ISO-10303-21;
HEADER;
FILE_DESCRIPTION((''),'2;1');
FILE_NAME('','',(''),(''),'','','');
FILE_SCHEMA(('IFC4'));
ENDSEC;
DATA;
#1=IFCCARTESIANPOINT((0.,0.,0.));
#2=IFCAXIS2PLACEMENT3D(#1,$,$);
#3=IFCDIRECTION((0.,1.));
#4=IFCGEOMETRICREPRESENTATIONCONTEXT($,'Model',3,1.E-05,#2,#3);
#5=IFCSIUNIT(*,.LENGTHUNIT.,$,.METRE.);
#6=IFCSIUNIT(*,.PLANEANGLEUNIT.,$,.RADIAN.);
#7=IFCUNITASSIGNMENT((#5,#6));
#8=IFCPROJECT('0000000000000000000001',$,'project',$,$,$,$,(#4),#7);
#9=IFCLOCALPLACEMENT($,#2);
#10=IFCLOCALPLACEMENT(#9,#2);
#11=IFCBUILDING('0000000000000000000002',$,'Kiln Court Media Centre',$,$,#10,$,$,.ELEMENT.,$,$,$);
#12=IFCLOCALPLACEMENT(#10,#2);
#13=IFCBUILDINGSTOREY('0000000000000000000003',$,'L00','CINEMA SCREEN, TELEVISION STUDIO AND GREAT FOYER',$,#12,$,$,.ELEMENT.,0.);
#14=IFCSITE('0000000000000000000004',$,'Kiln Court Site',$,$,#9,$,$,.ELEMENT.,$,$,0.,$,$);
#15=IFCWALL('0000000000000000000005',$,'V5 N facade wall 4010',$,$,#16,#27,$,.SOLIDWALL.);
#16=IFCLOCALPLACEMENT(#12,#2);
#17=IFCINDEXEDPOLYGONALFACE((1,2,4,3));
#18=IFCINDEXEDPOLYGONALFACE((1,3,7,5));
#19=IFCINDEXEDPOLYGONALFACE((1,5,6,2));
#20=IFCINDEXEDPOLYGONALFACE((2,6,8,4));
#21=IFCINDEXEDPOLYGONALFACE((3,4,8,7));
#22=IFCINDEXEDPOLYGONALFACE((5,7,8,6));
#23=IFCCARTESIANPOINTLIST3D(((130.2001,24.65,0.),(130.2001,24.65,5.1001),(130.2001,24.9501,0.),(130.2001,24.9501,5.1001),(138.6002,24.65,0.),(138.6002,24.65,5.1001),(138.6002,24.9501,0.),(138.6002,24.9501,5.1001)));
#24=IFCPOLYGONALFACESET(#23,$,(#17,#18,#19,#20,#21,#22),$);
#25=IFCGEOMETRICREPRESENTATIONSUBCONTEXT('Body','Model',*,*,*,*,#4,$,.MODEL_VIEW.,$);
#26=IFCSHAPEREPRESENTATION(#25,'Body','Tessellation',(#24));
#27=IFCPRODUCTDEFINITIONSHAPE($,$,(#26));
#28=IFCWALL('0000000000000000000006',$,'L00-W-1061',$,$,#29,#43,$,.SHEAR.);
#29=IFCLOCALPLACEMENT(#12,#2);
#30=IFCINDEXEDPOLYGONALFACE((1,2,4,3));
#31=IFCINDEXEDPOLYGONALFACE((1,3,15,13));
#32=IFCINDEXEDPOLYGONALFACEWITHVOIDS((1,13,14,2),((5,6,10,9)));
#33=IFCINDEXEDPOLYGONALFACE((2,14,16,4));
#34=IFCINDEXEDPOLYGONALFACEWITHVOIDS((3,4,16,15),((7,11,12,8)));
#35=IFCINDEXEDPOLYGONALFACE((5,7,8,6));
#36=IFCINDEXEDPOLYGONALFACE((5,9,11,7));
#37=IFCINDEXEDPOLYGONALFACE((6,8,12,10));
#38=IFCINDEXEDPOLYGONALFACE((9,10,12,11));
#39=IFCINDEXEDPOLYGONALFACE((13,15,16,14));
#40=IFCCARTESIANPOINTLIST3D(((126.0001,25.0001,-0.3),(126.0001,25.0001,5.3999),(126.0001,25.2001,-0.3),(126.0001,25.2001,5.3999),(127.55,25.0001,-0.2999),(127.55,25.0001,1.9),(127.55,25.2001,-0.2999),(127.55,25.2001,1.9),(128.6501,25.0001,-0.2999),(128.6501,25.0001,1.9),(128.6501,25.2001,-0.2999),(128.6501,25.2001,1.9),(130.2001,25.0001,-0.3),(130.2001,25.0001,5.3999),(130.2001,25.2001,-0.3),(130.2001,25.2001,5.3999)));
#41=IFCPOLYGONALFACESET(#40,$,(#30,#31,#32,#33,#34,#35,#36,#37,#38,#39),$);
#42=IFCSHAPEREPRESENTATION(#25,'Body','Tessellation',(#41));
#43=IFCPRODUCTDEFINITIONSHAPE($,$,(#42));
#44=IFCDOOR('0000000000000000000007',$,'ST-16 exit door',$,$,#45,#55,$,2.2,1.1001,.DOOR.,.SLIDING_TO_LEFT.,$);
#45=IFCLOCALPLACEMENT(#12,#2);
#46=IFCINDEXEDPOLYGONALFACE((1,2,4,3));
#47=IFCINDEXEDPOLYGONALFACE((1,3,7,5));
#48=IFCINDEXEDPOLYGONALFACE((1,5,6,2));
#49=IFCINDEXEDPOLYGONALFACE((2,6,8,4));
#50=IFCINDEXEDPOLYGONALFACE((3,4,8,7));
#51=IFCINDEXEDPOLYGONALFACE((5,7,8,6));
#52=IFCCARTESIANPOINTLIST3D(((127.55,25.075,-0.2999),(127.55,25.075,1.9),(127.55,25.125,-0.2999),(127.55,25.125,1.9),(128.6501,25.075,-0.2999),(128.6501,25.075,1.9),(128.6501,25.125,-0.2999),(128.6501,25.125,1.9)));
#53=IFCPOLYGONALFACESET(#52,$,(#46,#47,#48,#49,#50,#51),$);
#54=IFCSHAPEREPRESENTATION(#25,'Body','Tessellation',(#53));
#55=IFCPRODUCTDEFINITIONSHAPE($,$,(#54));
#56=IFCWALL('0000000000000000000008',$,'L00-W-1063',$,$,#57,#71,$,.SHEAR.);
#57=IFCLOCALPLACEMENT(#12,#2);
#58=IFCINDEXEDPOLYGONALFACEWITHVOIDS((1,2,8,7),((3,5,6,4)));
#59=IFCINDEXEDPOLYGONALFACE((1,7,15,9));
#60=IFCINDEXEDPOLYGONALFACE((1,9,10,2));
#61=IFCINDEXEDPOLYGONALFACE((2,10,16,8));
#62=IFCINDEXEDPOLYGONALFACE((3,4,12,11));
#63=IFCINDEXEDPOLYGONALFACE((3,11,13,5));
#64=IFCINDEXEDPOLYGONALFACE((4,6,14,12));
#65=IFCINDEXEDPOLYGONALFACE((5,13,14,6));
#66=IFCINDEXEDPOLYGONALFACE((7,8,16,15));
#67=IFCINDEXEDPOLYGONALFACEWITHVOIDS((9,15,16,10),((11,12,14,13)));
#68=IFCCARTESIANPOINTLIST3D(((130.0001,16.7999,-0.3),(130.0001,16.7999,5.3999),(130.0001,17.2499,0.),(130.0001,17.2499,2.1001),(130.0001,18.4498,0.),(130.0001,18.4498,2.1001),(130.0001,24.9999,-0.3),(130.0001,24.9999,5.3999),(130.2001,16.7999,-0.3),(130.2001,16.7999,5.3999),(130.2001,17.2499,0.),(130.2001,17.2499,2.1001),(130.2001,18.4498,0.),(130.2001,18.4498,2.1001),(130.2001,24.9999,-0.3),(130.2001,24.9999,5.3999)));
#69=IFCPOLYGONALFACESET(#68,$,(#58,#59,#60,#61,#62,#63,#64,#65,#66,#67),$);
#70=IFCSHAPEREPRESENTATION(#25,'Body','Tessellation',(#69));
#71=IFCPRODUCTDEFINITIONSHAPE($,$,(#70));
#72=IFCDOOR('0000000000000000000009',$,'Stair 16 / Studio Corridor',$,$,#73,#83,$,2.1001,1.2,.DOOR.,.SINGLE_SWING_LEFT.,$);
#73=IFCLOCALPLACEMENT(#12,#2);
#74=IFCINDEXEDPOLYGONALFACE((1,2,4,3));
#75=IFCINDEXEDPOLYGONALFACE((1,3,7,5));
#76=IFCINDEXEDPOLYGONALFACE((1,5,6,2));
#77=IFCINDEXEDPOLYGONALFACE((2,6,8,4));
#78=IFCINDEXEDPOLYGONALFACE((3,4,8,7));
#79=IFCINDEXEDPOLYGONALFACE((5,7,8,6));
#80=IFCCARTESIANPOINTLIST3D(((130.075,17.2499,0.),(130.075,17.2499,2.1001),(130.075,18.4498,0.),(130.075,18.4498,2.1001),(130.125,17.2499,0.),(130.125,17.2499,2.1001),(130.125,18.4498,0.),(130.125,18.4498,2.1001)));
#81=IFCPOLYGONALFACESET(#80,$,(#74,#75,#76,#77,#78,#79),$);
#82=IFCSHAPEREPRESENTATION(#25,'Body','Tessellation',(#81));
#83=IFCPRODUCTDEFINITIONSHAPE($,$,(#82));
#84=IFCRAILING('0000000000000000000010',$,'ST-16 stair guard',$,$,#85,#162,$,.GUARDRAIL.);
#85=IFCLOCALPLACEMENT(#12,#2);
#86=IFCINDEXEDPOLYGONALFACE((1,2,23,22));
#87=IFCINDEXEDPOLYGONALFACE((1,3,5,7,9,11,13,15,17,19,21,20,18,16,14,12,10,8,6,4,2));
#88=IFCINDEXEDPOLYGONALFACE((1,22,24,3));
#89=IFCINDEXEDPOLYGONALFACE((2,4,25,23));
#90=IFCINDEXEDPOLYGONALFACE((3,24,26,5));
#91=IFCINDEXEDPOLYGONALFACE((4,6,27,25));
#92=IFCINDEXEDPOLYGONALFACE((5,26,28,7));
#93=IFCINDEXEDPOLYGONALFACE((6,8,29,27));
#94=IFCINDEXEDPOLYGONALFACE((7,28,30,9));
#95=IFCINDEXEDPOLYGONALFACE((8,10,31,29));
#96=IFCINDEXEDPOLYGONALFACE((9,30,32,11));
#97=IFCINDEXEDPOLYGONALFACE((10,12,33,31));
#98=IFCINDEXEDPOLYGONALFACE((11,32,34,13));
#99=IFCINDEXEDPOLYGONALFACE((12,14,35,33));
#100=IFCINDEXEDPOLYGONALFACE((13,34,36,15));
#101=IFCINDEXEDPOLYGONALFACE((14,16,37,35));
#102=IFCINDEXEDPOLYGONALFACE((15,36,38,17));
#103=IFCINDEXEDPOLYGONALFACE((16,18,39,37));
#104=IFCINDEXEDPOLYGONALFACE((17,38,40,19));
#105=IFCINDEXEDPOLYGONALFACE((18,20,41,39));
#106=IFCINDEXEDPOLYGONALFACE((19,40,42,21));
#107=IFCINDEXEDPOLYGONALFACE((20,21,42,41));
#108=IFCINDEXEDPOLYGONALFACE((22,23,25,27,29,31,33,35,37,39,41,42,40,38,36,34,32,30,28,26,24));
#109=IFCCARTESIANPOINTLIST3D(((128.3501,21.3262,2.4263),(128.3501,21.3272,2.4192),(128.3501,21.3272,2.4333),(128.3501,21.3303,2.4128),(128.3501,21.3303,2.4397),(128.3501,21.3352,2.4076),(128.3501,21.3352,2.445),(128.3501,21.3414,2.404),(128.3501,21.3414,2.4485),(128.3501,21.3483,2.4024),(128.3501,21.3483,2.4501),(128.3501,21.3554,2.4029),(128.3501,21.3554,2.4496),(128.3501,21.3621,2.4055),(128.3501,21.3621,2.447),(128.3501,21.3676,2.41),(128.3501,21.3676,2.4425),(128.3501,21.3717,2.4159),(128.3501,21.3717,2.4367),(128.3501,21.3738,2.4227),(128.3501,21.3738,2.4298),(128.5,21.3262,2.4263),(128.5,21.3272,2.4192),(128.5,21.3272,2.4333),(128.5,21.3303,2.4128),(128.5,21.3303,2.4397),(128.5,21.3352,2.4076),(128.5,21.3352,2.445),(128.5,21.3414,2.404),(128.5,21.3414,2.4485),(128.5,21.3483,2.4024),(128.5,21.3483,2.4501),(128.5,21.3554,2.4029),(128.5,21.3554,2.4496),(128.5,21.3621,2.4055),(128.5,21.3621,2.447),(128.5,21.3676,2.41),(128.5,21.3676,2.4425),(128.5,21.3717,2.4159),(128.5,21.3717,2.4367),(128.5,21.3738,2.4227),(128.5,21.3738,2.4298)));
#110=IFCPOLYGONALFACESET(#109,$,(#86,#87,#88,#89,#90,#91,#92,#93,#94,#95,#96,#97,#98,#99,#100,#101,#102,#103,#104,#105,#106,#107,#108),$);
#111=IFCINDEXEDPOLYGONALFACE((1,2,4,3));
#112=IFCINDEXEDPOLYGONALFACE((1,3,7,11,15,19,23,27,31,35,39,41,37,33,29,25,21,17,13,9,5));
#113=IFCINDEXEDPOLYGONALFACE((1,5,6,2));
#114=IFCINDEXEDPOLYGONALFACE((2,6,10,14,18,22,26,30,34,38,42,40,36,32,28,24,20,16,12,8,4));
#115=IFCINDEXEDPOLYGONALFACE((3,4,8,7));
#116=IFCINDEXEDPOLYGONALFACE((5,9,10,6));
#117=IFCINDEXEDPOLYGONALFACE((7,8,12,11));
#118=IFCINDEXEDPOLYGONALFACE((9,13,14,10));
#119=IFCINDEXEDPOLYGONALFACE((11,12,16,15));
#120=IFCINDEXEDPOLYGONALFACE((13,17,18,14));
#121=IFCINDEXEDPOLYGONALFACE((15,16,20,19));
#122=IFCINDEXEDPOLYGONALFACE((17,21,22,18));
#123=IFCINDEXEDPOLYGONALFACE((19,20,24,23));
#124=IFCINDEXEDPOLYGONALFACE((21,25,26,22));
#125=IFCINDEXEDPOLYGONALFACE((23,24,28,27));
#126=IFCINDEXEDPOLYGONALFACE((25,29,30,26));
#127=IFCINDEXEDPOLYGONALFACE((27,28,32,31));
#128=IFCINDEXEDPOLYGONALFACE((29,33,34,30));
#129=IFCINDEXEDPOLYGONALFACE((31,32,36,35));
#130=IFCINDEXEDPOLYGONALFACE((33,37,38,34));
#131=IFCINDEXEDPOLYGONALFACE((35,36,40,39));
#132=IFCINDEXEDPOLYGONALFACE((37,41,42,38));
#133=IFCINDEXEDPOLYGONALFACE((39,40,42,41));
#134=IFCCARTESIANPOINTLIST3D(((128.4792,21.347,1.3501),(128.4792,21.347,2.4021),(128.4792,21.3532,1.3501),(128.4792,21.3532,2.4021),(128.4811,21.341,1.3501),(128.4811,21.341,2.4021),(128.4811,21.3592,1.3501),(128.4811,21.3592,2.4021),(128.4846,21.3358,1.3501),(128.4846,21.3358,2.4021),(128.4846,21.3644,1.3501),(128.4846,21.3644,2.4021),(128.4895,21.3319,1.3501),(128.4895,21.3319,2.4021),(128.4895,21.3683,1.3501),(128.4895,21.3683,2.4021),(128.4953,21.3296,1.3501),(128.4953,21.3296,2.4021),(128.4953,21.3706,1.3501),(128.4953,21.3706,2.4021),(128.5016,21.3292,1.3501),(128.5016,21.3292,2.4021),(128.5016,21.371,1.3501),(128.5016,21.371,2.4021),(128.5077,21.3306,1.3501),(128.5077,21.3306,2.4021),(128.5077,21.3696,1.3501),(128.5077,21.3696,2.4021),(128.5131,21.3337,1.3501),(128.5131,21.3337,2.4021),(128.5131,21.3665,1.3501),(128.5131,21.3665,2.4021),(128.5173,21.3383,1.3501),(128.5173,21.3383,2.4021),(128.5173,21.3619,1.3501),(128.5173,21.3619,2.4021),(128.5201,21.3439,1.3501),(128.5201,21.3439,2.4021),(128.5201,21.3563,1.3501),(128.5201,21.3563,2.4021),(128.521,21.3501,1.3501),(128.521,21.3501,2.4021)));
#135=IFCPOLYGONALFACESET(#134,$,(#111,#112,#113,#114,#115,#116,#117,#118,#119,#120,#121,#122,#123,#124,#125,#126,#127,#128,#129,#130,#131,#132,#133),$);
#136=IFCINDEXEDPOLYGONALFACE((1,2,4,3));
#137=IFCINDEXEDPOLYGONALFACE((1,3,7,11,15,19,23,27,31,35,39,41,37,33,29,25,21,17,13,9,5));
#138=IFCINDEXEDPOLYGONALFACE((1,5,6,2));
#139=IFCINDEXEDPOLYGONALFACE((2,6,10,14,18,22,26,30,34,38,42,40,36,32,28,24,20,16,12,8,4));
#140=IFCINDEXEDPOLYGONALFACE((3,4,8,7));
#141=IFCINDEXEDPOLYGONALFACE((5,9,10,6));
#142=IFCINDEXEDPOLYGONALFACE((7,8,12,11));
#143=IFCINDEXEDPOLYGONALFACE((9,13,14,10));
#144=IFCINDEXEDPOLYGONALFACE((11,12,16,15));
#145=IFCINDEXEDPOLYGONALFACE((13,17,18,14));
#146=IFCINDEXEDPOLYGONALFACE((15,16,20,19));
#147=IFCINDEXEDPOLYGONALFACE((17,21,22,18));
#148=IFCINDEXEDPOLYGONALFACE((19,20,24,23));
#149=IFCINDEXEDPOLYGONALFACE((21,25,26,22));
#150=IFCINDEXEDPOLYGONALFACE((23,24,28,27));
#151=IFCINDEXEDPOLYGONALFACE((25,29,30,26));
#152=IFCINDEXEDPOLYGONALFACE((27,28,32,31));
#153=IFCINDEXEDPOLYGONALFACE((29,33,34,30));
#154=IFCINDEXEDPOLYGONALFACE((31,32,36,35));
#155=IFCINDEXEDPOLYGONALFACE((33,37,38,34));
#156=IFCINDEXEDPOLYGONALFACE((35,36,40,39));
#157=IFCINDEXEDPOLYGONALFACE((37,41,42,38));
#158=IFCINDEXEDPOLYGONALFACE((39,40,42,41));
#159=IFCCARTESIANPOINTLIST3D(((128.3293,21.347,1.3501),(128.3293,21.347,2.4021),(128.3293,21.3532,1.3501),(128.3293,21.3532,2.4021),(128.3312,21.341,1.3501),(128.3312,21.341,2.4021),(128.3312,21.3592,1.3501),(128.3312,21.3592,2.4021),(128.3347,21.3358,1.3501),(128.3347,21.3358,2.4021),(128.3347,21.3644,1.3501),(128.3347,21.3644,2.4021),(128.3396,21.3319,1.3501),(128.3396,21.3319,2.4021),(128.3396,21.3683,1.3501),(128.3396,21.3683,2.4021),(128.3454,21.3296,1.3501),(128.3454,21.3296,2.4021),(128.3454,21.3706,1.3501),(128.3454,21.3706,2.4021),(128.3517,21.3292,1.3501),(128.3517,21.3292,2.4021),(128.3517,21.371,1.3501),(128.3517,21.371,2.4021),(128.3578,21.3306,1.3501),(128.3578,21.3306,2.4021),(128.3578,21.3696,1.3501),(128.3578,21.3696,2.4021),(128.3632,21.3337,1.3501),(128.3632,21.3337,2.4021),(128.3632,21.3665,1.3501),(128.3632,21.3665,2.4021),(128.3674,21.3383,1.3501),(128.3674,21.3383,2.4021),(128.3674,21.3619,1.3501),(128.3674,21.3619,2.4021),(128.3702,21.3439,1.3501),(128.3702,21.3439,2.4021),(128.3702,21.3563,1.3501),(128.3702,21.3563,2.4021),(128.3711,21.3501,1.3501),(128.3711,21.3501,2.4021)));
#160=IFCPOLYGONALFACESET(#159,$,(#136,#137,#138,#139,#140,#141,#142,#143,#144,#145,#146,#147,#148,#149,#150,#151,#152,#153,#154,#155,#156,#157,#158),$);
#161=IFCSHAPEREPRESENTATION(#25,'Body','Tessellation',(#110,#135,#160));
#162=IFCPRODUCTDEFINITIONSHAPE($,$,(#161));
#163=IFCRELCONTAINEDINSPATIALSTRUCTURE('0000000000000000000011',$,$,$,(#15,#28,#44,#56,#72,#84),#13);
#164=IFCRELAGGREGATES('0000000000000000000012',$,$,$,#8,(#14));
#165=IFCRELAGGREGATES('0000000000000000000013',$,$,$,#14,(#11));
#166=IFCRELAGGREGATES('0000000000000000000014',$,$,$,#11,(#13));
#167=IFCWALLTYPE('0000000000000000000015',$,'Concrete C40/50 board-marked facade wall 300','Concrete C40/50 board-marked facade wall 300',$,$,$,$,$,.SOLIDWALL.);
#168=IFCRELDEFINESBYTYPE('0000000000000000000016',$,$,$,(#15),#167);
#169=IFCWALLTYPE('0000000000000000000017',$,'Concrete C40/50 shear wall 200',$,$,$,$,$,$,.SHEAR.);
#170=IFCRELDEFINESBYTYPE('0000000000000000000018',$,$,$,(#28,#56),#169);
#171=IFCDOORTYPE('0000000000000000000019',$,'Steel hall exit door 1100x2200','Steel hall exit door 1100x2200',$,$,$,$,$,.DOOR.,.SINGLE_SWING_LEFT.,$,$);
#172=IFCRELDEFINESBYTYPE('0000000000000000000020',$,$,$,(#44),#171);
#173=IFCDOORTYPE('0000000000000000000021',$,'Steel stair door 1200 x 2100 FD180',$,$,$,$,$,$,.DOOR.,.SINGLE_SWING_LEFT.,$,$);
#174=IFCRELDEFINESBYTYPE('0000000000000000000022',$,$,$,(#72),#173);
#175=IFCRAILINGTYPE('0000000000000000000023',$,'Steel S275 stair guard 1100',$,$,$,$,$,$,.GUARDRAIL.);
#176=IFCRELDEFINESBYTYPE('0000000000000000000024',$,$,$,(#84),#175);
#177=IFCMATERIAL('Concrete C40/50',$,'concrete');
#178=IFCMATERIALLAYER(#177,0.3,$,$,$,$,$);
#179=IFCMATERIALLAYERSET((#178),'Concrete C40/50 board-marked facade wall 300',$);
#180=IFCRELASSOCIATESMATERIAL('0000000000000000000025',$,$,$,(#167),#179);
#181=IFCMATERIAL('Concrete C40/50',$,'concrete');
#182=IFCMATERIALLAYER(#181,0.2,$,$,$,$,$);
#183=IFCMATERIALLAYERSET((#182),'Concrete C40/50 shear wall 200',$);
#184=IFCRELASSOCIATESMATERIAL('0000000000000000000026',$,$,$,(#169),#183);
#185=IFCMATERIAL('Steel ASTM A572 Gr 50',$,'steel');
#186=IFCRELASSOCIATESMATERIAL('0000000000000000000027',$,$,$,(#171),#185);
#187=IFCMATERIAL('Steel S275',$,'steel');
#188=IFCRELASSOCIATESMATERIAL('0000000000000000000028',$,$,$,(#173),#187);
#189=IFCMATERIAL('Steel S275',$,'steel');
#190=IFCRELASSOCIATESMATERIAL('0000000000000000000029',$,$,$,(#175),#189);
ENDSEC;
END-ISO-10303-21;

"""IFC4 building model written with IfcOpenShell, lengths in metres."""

from ifc_helpers import new_model, si_unit, direction, frame, frame_2d, origin, origin_2d, place, context, subcontext, project, spatial, rectangle, circle, extrude, material, layer, layer_set, type_object, element, fill, save


model = new_model("IFC4")

# Units and contexts
model_context = context("Model", 3, precision=1e-05, world=origin(), true_north=direction((0.0, 1.0)))
body_context = subcontext(model_context, "Body", "Model", "MODEL_VIEW")
ifc_project = project(units=[si_unit("LENGTHUNIT", "METRE"), si_unit("PLANEANGLEUNIT", "RADIAN")], contexts=[model_context])

# Site, building, storey
site_placement = place(None, origin())
site = spatial("IfcSite", under=ifc_project, at=site_placement, Name="Kiln Court Site", CompositionType="ELEMENT", RefElevation=0.0)
building_placement = place(site_placement, origin())
building = spatial("IfcBuilding", under=site, at=building_placement, Name="Kiln Court Media Centre", CompositionType="ELEMENT")
storey_placement = place(building_placement, origin())
storey = spatial("IfcBuildingStorey", under=building, at=storey_placement, Name="L00", Description="CINEMA SCREEN, TELEVISION STUDIO AND GREAT FOYER", CompositionType="ELEMENT", Elevation=0.0)

# Wall
ifc_material_1 = material(Name="Concrete C40/50", Category="concrete")
ifc_layer_1 = layer(ifc_material_1, 0.3)
ifc_layer_set_1 = layer_set([ifc_layer_1], Name="Concrete C40/50 board-marked facade wall 300")
wall_type_1 = type_object("IfcWallType", Name="Concrete C40/50 board-marked facade wall 300", Description="Concrete C40/50 board-marked facade wall 300", PredefinedType="SOLIDWALL", material=ifc_layer_set_1)
wall_1_placement = place(storey_placement, frame((130.2, 24.8, 0.0), z_axis=(0.0, 0.0, 1.0), x_axis=(1.0, 0.0, 0.0)))
element("IfcWall", 1, at=wall_1_placement, inside=storey, type_object=wall_type_1, Name="V5 N facade wall 4010", PredefinedType="SOLIDWALL", context=body_context, shape_type="SweptSolid", body=[
    extrude(rectangle(XDim=8.4001, YDim=0.3, at=frame_2d((4.2002, 0.0))), origin(), (0.0, 0.0, 1.0), 5.1001),
])

# Walls, openings, doors
ifc_material_2 = material(Name="Concrete C40/50", Category="concrete")
ifc_layer_2 = layer(ifc_material_2, 0.2)
ifc_layer_set_2 = layer_set([ifc_layer_2], Name="Concrete C40/50 shear wall 200")
wall_type_2 = type_object("IfcWallType", Name="Concrete C40/50 shear wall 200", PredefinedType="SHEAR", material=ifc_layer_set_2)
wall_2_placement = place(storey_placement, frame((126.0, 25.1001, -0.3), z_axis=(0.0, 0.0, 1.0), x_axis=(1.0, 0.0, 0.0)))
wall_2 = element("IfcWall", 2, at=wall_2_placement, inside=storey, type_object=wall_type_2, Name="L00-W-1061", PredefinedType="SHEAR", context=body_context, shape_type="SweptSolid", body=[
    extrude(rectangle(XDim=4.2, YDim=0.2, at=frame_2d((2.1001, 0.0))), origin(), (0.0, 0.0, 1.0), 5.7),
])
opening_1_placement = place(wall_2_placement, frame((1.55, 0.0, 0.0)))
opening_1 = element("IfcOpeningElement", 3, at=opening_1_placement, cuts=wall_2, PredefinedType="OPENING", context=body_context, shape_type="SweptSolid", body=[
    extrude(rectangle(XDim=1.1001, YDim=2.2, at=frame_2d((0.55, 1.1001))), frame((0.0, 0.1099, 0.0), z_axis=(0.0, -1.0, 0.0), x_axis=(1.0, 0.0, 0.0)), (0.0, 0.0, 1.0), 0.22),
])
ifc_material_3 = material(Name="Steel ASTM A572 Gr 50", Category="steel")
door_type_1 = type_object("IfcDoorType", Name="Steel hall exit door 1100x2200", Description="Steel hall exit door 1100x2200", OperationType="SINGLE_SWING_LEFT", PredefinedType="DOOR", material=ifc_material_3)
door_1_placement = place(opening_1_placement, origin())
door_1 = element("IfcDoor", 4, at=door_1_placement, inside=storey, type_object=door_type_1, Name="ST-16 exit door", OperationType="SLIDING_TO_LEFT", OverallHeight=2.2, OverallWidth=1.1001, PredefinedType="DOOR", context=body_context, shape_type="SweptSolid", body=[
    extrude(rectangle(XDim=1.1001, YDim=2.2, at=frame_2d((0.55, 1.1001))), frame((0.0, 0.0249, 0.0), z_axis=(0.0, -1.0, 0.0), x_axis=(1.0, 0.0, 0.0)), (0.0, 0.0, 1.0), 0.05),
])
fill(opening_1, door_1)
wall_3_placement = place(storey_placement, frame((130.1001, 25.0, -0.3), z_axis=(0.0, 0.0, 1.0), x_axis=(0.0, -1.0, 0.0)))
wall_3 = element("IfcWall", 5, at=wall_3_placement, inside=storey, type_object=wall_type_2, Name="L00-W-1063", PredefinedType="SHEAR", context=body_context, shape_type="SweptSolid", body=[
    extrude(rectangle(XDim=8.2, YDim=0.2, at=frame_2d((4.1001, 0.0))), origin(), (0.0, 0.0, 1.0), 5.7),
])
opening_2_placement = place(wall_3_placement, frame((6.55, 0.0, 0.3)))
opening_2 = element("IfcOpeningElement", 6, at=opening_2_placement, cuts=wall_3, PredefinedType="OPENING", context=body_context, shape_type="SweptSolid", body=[
    extrude(rectangle(XDim=1.2, YDim=2.1001, at=frame_2d((0.6001, 1.05))), frame((0.0, 0.1099, 0.0), z_axis=(0.0, -1.0, 0.0), x_axis=(1.0, 0.0, 0.0)), (0.0, 0.0, 1.0), 0.22),
])
ifc_material_4 = material(Name="Steel S275", Category="steel")
door_type_2 = type_object("IfcDoorType", Name="Steel stair door 1200 x 2100 FD180", OperationType="SINGLE_SWING_LEFT", PredefinedType="DOOR", material=ifc_material_4)
door_2_placement = place(opening_2_placement, origin())
door_2 = element("IfcDoor", 7, at=door_2_placement, inside=storey, type_object=door_type_2, Name="Stair 16 / Studio Corridor", OperationType="SINGLE_SWING_LEFT", OverallHeight=2.1001, OverallWidth=1.2, PredefinedType="DOOR", context=body_context, shape_type="SweptSolid", body=[
    extrude(rectangle(XDim=1.2, YDim=2.1001, at=frame_2d((0.6001, 1.05))), frame((0.0, 0.0249, 0.0), z_axis=(0.0, -1.0, 0.0), x_axis=(1.0, 0.0, 0.0)), (0.0, 0.0, 1.0), 0.05),
])
fill(opening_2, door_2)

# Railing
ifc_material_5 = material(Name="Steel S275", Category="steel")
railing_type = type_object("IfcRailingType", Name="Steel S275 stair guard 1100", PredefinedType="GUARDRAIL", material=ifc_material_5)
for number, where, name in (
    (8, (128.5, 21.3501, 1.3501), "ST-16 stair guard"),
):
    element("IfcRailing", number, at=place(storey_placement, frame(where)), inside=storey, type_object=railing_type, Name=name, PredefinedType="GUARDRAIL", context=body_context, shape_type="SweptSolid", body=[
        extrude(circle(Radius=0.0239, at=origin_2d()), frame((0.0, 0.0, 1.0762), z_axis=(-1.0, 0.0, 0.0), x_axis=(0.0, -1.0, 0.0)), (0.0, 0.0, 1.0), 0.1499),
        extrude(circle(Radius=0.021, at=origin_2d()), origin(), (0.0, 0.0, 1.0), 1.052),
        extrude(circle(Radius=0.021, at=origin_2d()), frame((-0.1499, 0.0, 0.0)), (0.0, 0.0, 1.0), 1.052),
    ])

save(model, "model.ifc")
